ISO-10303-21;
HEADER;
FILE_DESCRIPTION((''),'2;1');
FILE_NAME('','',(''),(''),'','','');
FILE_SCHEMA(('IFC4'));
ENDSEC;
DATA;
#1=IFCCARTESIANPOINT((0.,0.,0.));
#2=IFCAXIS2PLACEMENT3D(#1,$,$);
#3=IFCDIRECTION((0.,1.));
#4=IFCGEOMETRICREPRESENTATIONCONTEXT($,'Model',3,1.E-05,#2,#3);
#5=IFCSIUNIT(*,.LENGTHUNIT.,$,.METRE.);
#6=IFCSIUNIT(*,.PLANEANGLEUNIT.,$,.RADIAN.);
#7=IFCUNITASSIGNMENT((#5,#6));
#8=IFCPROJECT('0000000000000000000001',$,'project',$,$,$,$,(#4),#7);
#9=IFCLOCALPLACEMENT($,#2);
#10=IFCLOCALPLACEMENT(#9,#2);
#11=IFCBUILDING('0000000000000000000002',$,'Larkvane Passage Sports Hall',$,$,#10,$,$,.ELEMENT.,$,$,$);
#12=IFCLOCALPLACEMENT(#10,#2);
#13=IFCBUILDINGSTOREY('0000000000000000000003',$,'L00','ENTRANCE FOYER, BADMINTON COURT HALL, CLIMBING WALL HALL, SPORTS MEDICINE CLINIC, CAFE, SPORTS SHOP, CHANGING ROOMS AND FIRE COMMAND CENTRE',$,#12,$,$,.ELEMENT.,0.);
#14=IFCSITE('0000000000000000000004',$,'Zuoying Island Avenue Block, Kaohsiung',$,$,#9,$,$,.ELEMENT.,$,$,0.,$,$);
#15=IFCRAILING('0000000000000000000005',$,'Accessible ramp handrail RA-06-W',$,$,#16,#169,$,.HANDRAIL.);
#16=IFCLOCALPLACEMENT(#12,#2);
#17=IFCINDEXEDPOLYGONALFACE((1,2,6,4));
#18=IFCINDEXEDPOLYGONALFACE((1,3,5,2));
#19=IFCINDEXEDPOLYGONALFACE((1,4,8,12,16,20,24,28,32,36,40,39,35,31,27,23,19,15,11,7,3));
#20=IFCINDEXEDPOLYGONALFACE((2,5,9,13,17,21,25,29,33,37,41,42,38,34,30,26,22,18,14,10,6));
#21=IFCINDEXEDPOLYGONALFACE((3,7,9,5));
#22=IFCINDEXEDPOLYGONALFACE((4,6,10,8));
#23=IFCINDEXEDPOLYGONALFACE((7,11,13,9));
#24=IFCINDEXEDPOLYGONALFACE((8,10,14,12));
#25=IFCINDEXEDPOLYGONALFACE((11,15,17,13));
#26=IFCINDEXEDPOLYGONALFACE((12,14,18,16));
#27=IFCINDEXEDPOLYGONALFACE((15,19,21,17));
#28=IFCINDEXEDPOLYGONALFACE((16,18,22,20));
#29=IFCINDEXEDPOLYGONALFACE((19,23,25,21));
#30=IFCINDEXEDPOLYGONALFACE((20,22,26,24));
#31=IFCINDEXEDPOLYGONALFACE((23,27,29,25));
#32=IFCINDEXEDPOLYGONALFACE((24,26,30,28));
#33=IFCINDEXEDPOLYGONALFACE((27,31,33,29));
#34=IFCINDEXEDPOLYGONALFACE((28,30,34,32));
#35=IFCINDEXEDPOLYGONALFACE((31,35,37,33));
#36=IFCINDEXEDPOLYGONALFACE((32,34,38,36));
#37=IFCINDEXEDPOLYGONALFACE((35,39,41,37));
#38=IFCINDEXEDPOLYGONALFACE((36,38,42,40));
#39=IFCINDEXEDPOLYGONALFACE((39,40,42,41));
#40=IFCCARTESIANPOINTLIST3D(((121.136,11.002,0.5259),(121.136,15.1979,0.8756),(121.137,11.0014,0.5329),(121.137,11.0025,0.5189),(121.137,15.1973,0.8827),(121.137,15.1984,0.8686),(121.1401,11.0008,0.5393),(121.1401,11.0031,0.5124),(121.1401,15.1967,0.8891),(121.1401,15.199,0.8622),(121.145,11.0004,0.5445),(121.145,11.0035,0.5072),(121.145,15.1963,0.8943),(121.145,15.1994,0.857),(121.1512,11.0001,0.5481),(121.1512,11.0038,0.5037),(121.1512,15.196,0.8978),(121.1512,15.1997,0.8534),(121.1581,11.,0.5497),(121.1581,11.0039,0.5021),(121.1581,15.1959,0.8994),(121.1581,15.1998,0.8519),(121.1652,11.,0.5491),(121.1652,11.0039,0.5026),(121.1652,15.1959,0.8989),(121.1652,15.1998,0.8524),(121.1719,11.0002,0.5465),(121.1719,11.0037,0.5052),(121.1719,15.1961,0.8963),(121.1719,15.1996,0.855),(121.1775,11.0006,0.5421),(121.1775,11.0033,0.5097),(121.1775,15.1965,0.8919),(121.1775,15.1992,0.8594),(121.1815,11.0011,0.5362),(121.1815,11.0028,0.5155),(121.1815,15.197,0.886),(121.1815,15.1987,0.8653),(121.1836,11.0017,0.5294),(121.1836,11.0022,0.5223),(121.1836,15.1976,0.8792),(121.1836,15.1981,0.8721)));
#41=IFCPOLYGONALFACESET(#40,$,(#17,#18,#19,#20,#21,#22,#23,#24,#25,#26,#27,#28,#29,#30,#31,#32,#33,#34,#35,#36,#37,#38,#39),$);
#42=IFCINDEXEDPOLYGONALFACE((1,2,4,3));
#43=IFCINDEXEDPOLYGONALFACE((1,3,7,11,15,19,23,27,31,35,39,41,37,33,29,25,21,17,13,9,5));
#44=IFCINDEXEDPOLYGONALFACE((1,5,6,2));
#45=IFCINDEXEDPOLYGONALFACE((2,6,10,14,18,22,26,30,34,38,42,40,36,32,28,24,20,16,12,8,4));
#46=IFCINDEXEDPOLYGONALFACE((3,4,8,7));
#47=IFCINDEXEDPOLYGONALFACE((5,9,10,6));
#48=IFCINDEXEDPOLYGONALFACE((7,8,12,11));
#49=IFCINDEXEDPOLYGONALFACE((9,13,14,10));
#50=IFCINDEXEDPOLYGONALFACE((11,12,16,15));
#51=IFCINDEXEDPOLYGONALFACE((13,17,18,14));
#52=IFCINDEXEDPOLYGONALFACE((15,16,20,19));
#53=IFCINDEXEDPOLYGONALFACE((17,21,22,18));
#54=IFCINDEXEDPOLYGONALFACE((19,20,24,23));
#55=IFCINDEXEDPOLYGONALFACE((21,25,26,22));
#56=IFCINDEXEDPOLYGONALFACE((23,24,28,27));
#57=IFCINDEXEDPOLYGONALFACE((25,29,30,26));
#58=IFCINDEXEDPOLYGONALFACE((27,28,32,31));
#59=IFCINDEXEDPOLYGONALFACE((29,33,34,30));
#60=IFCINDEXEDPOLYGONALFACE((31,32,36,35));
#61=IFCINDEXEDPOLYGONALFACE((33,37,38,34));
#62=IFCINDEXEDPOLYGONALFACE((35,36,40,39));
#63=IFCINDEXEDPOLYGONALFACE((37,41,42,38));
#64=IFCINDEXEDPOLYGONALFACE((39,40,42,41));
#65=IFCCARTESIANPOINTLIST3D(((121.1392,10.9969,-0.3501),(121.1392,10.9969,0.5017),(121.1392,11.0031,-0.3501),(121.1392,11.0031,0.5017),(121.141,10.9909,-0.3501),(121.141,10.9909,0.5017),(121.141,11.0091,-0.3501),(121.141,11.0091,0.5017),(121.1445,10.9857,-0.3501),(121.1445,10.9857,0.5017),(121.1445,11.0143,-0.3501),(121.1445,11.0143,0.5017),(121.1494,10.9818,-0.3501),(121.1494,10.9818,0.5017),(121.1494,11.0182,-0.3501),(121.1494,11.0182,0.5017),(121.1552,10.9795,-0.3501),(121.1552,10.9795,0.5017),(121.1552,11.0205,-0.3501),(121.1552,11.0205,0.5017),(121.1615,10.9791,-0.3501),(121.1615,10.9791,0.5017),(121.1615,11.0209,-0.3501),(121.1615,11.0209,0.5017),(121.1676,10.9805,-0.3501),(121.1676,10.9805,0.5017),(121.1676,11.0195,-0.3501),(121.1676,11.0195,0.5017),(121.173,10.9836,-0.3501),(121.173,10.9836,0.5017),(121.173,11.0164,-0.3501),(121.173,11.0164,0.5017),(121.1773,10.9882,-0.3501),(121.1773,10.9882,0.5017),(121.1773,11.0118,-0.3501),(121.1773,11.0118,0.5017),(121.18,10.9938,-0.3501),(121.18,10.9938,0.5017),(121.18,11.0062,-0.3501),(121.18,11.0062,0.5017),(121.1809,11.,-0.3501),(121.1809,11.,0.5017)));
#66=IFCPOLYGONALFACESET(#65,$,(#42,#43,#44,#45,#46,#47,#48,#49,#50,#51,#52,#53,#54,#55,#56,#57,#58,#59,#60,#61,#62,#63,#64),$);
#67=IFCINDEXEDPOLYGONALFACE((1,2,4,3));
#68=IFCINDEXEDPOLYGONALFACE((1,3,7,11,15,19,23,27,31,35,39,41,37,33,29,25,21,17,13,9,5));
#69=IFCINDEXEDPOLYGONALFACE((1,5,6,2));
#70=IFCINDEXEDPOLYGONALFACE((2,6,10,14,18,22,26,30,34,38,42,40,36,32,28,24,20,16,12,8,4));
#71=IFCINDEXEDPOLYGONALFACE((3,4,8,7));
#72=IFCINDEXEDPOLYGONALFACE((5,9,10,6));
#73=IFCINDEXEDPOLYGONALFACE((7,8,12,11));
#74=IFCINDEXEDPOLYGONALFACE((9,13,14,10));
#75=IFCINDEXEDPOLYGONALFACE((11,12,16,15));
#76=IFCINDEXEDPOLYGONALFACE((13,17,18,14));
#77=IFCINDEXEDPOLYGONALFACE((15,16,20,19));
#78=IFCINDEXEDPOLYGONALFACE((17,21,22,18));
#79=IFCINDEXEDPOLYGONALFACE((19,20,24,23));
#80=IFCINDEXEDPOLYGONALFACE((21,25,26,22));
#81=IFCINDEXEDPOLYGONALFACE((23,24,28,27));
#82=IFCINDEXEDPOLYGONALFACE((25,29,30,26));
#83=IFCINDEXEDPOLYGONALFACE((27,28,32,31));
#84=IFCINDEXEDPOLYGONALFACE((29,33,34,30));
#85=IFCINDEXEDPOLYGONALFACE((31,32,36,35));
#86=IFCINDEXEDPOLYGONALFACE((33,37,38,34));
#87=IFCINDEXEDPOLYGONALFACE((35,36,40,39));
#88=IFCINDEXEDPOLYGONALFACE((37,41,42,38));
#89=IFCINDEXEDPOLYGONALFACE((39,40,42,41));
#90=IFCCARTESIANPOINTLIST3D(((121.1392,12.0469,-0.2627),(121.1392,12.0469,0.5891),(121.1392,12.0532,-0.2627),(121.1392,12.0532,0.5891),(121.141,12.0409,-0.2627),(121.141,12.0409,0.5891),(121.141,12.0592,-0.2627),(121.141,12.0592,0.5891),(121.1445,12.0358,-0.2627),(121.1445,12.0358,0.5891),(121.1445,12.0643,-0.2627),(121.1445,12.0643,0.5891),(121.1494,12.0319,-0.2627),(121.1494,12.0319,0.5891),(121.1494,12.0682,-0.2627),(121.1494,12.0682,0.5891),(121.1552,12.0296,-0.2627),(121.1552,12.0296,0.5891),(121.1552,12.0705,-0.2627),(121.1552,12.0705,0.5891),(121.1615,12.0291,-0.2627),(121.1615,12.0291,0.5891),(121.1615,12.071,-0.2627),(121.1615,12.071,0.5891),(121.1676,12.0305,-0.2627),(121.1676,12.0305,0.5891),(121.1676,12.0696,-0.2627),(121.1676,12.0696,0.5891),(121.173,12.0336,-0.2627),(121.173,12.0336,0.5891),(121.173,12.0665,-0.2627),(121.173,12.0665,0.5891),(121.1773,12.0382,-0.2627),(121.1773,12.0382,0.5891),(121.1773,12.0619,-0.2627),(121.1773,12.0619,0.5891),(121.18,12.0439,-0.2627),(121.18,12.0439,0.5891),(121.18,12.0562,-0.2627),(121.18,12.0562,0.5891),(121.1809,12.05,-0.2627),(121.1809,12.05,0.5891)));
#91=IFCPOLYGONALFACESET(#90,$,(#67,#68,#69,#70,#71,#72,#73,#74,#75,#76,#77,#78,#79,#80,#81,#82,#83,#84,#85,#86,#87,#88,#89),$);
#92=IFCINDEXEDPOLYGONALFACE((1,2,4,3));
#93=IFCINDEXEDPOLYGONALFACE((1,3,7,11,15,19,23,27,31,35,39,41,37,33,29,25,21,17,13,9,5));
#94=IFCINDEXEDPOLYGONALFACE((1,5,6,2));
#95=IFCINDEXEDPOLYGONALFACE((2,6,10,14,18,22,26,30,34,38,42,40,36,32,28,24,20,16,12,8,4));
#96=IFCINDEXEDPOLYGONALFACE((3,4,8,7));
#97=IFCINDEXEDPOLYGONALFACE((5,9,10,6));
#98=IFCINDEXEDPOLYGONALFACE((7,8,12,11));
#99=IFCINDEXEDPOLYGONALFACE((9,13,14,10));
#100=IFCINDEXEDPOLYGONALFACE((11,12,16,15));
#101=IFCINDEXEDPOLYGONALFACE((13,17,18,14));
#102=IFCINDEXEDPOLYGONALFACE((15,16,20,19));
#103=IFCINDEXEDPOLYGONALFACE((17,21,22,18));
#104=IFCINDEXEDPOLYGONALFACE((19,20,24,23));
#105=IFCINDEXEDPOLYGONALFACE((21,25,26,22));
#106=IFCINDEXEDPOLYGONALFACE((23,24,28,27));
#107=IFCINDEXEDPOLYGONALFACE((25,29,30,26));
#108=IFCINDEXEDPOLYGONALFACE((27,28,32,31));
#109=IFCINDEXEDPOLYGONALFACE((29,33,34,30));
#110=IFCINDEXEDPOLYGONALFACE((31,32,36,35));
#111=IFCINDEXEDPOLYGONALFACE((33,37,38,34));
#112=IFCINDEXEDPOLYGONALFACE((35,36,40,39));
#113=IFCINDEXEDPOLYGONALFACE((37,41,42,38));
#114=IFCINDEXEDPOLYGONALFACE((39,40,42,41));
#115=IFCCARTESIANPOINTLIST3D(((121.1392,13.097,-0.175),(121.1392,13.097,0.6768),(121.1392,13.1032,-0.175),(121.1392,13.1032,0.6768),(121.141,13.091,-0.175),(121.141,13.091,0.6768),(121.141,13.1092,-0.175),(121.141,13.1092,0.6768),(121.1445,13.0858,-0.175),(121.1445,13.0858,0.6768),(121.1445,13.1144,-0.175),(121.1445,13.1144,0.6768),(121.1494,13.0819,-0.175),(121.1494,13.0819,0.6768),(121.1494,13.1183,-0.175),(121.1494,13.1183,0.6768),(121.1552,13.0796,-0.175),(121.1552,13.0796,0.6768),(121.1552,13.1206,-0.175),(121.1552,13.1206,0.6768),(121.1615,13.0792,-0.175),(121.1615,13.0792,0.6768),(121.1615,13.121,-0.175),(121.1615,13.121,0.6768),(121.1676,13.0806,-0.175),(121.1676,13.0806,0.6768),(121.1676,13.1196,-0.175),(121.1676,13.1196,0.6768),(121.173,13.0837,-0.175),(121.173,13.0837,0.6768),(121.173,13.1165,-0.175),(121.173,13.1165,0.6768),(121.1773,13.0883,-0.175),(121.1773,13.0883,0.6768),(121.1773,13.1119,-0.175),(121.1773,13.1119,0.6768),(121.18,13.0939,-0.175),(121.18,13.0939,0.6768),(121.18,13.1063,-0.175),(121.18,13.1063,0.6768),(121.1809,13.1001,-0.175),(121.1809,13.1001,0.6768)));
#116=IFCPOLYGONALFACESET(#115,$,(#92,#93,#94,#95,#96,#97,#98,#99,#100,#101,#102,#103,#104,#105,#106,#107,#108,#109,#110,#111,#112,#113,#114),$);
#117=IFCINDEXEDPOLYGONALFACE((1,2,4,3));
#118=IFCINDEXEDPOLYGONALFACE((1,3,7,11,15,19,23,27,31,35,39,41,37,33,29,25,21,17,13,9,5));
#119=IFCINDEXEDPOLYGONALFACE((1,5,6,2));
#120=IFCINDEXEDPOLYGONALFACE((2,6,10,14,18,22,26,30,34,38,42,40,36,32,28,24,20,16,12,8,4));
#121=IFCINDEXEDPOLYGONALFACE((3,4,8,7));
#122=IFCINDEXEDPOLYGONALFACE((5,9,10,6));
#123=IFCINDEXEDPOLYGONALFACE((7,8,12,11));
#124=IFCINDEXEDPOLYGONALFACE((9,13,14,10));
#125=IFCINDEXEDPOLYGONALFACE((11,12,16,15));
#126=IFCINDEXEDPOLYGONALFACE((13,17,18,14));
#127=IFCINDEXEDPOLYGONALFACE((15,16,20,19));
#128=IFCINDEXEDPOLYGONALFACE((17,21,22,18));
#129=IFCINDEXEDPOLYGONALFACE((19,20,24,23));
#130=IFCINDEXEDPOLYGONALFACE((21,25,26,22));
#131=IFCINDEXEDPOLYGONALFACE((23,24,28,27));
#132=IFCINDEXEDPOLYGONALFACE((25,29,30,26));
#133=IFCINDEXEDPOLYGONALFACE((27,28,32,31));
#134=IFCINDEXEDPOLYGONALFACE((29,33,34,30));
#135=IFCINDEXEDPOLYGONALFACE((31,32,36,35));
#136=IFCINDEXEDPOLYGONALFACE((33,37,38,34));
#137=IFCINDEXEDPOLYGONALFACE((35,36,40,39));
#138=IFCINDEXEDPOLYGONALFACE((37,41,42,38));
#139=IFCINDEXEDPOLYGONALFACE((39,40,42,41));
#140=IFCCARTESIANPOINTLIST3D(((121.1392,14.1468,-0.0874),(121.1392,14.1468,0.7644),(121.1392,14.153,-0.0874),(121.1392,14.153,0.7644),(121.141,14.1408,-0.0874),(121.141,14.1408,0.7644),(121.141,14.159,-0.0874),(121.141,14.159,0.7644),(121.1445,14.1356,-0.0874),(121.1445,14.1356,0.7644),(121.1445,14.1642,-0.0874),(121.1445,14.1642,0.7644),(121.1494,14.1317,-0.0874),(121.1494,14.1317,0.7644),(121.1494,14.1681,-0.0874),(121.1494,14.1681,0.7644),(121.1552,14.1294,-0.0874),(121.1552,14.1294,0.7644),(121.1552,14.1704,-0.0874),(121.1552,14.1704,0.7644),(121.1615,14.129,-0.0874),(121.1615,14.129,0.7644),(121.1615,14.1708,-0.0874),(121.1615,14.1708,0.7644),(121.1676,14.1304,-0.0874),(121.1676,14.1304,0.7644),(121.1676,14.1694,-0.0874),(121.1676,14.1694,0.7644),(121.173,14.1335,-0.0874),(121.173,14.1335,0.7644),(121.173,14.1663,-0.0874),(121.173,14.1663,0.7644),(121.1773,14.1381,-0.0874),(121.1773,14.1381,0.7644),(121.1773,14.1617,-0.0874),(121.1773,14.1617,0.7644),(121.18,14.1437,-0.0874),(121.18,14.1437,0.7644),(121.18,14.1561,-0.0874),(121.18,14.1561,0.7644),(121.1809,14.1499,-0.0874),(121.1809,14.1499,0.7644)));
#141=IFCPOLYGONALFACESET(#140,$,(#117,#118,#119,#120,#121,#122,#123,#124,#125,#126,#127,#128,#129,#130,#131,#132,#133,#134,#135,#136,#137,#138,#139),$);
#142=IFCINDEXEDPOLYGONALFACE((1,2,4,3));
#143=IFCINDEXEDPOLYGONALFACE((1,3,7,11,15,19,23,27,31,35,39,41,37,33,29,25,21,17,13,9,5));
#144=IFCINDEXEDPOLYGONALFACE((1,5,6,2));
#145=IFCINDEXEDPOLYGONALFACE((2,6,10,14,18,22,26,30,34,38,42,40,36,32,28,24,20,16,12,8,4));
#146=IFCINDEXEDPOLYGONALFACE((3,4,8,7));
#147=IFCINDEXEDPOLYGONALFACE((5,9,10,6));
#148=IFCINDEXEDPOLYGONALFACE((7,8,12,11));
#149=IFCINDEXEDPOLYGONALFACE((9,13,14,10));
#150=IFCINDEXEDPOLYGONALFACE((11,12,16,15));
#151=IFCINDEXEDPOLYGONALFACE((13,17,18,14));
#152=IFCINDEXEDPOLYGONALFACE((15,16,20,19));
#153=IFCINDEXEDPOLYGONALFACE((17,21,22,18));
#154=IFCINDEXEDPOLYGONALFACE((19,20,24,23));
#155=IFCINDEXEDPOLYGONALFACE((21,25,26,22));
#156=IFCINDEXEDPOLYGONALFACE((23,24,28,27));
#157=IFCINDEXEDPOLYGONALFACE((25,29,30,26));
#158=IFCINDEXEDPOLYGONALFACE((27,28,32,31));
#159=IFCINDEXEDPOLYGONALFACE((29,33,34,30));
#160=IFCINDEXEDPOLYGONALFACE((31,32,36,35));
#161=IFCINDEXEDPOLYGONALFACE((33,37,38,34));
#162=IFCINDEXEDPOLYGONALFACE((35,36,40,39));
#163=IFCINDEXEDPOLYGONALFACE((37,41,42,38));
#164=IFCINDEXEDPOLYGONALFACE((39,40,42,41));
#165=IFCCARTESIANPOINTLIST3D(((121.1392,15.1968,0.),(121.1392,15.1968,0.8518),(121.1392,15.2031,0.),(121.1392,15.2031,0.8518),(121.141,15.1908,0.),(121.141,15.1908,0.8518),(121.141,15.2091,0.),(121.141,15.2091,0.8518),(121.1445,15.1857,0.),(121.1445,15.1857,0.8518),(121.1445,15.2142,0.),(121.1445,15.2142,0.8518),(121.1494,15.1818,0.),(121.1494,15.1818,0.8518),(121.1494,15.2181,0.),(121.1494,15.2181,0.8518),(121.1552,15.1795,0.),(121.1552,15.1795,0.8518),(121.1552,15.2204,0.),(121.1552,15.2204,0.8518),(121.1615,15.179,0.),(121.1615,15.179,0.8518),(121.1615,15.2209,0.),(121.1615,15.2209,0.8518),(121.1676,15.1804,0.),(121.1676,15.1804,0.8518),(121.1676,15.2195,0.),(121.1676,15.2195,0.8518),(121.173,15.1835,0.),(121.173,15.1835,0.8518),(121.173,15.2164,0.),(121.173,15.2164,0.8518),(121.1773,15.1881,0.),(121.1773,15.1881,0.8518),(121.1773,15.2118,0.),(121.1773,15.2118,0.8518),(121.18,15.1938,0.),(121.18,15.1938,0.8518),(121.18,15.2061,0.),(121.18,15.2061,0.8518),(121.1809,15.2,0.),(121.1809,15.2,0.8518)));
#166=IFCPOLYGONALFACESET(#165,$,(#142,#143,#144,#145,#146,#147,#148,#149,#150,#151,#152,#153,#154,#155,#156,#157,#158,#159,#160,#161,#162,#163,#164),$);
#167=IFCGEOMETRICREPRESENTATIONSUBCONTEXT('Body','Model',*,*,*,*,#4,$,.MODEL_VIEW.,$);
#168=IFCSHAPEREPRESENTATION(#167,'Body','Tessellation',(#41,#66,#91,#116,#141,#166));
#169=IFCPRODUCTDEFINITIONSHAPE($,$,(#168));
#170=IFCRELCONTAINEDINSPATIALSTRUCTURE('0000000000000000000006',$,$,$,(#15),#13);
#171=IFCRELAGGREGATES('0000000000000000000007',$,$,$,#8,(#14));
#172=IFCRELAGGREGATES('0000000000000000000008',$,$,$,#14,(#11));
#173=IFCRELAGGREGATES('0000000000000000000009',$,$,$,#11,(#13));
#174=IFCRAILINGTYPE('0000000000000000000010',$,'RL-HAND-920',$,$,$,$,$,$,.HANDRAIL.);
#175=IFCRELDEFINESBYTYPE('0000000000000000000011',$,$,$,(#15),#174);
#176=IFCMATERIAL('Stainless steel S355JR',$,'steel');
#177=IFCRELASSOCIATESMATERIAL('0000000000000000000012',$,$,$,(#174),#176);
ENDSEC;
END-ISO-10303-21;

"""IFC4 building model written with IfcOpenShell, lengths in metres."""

from ifc_helpers import new_model, si_unit, direction, frame, origin, origin_2d, place, context, subcontext, project, spatial, circle, extrude, material, type_object, element, save


model = new_model("IFC4")

# Units and contexts
model_context = context("Model", 3, precision=1e-05, world=origin(), true_north=direction((0.0, 1.0)))
body_context = subcontext(model_context, "Body", "Model", "MODEL_VIEW")
ifc_project = project(units=[si_unit("LENGTHUNIT", "METRE"), si_unit("PLANEANGLEUNIT", "RADIAN")], contexts=[model_context])

# Site, building, storey
site_placement = place(None, origin())
site = spatial("IfcSite", under=ifc_project, at=site_placement, Name="Zuoying Island Avenue Block, Kaohsiung", CompositionType="ELEMENT", RefElevation=0.0)
building_placement = place(site_placement, origin())
building = spatial("IfcBuilding", under=site, at=building_placement, Name="Larkvane Passage Sports Hall", CompositionType="ELEMENT")
storey_placement = place(building_placement, origin())
storey = spatial("IfcBuildingStorey", under=building, at=storey_placement, Name="L00", Description="ENTRANCE FOYER, BADMINTON COURT HALL, CLIMBING WALL HALL, SPORTS MEDICINE CLINIC, CAFE, SPORTS SHOP, CHANGING ROOMS AND FIRE COMMAND CENTRE", CompositionType="ELEMENT", Elevation=0.0)

# Railing
ifc_material_1 = material(Name="Stainless steel S355JR", Category="steel")
railing_type_1 = type_object("IfcRailingType", Name="RL-HAND-920", PredefinedType="HANDRAIL", material=ifc_material_1)
for number, where, name in (
    (1, (121.1599, 11.0, -0.3501), "Accessible ramp handrail RA-06-W"),
):
    element("IfcRailing", number, at=place(storey_placement, frame(where)), inside=storey, type_object=railing_type_1, Name=name, PredefinedType="HANDRAIL", context=body_context, shape_type="SweptSolid", body=[
        extrude(circle(Radius=0.0239, at=origin_2d()), frame((0.0, 0.002, 0.876), z_axis=(0.0, 0.996544, 0.083069), x_axis=(-1.0, 0.0, 0.0)), (0.0, 0.0, 1.0), 4.2104),
        extrude(circle(Radius=0.021, at=origin_2d()), origin(), (0.0, 0.0, 1.0), 0.8518),
        extrude(circle(Radius=0.021, at=origin_2d()), frame((0.0, 1.05, 0.0874)), (0.0, 0.0, 1.0), 0.8518),
        extrude(circle(Radius=0.021, at=origin_2d()), frame((0.0, 2.1001, 0.175)), (0.0, 0.0, 1.0), 0.8518),
        extrude(circle(Radius=0.021, at=origin_2d()), frame((0.0, 3.1499, 0.2627)), (0.0, 0.0, 1.0), 0.8518),
        extrude(circle(Radius=0.021, at=origin_2d()), frame((0.0, 4.2, 0.3501)), (0.0, 0.0, 1.0), 0.8518),
    ])

save(model, "model.ifc")
